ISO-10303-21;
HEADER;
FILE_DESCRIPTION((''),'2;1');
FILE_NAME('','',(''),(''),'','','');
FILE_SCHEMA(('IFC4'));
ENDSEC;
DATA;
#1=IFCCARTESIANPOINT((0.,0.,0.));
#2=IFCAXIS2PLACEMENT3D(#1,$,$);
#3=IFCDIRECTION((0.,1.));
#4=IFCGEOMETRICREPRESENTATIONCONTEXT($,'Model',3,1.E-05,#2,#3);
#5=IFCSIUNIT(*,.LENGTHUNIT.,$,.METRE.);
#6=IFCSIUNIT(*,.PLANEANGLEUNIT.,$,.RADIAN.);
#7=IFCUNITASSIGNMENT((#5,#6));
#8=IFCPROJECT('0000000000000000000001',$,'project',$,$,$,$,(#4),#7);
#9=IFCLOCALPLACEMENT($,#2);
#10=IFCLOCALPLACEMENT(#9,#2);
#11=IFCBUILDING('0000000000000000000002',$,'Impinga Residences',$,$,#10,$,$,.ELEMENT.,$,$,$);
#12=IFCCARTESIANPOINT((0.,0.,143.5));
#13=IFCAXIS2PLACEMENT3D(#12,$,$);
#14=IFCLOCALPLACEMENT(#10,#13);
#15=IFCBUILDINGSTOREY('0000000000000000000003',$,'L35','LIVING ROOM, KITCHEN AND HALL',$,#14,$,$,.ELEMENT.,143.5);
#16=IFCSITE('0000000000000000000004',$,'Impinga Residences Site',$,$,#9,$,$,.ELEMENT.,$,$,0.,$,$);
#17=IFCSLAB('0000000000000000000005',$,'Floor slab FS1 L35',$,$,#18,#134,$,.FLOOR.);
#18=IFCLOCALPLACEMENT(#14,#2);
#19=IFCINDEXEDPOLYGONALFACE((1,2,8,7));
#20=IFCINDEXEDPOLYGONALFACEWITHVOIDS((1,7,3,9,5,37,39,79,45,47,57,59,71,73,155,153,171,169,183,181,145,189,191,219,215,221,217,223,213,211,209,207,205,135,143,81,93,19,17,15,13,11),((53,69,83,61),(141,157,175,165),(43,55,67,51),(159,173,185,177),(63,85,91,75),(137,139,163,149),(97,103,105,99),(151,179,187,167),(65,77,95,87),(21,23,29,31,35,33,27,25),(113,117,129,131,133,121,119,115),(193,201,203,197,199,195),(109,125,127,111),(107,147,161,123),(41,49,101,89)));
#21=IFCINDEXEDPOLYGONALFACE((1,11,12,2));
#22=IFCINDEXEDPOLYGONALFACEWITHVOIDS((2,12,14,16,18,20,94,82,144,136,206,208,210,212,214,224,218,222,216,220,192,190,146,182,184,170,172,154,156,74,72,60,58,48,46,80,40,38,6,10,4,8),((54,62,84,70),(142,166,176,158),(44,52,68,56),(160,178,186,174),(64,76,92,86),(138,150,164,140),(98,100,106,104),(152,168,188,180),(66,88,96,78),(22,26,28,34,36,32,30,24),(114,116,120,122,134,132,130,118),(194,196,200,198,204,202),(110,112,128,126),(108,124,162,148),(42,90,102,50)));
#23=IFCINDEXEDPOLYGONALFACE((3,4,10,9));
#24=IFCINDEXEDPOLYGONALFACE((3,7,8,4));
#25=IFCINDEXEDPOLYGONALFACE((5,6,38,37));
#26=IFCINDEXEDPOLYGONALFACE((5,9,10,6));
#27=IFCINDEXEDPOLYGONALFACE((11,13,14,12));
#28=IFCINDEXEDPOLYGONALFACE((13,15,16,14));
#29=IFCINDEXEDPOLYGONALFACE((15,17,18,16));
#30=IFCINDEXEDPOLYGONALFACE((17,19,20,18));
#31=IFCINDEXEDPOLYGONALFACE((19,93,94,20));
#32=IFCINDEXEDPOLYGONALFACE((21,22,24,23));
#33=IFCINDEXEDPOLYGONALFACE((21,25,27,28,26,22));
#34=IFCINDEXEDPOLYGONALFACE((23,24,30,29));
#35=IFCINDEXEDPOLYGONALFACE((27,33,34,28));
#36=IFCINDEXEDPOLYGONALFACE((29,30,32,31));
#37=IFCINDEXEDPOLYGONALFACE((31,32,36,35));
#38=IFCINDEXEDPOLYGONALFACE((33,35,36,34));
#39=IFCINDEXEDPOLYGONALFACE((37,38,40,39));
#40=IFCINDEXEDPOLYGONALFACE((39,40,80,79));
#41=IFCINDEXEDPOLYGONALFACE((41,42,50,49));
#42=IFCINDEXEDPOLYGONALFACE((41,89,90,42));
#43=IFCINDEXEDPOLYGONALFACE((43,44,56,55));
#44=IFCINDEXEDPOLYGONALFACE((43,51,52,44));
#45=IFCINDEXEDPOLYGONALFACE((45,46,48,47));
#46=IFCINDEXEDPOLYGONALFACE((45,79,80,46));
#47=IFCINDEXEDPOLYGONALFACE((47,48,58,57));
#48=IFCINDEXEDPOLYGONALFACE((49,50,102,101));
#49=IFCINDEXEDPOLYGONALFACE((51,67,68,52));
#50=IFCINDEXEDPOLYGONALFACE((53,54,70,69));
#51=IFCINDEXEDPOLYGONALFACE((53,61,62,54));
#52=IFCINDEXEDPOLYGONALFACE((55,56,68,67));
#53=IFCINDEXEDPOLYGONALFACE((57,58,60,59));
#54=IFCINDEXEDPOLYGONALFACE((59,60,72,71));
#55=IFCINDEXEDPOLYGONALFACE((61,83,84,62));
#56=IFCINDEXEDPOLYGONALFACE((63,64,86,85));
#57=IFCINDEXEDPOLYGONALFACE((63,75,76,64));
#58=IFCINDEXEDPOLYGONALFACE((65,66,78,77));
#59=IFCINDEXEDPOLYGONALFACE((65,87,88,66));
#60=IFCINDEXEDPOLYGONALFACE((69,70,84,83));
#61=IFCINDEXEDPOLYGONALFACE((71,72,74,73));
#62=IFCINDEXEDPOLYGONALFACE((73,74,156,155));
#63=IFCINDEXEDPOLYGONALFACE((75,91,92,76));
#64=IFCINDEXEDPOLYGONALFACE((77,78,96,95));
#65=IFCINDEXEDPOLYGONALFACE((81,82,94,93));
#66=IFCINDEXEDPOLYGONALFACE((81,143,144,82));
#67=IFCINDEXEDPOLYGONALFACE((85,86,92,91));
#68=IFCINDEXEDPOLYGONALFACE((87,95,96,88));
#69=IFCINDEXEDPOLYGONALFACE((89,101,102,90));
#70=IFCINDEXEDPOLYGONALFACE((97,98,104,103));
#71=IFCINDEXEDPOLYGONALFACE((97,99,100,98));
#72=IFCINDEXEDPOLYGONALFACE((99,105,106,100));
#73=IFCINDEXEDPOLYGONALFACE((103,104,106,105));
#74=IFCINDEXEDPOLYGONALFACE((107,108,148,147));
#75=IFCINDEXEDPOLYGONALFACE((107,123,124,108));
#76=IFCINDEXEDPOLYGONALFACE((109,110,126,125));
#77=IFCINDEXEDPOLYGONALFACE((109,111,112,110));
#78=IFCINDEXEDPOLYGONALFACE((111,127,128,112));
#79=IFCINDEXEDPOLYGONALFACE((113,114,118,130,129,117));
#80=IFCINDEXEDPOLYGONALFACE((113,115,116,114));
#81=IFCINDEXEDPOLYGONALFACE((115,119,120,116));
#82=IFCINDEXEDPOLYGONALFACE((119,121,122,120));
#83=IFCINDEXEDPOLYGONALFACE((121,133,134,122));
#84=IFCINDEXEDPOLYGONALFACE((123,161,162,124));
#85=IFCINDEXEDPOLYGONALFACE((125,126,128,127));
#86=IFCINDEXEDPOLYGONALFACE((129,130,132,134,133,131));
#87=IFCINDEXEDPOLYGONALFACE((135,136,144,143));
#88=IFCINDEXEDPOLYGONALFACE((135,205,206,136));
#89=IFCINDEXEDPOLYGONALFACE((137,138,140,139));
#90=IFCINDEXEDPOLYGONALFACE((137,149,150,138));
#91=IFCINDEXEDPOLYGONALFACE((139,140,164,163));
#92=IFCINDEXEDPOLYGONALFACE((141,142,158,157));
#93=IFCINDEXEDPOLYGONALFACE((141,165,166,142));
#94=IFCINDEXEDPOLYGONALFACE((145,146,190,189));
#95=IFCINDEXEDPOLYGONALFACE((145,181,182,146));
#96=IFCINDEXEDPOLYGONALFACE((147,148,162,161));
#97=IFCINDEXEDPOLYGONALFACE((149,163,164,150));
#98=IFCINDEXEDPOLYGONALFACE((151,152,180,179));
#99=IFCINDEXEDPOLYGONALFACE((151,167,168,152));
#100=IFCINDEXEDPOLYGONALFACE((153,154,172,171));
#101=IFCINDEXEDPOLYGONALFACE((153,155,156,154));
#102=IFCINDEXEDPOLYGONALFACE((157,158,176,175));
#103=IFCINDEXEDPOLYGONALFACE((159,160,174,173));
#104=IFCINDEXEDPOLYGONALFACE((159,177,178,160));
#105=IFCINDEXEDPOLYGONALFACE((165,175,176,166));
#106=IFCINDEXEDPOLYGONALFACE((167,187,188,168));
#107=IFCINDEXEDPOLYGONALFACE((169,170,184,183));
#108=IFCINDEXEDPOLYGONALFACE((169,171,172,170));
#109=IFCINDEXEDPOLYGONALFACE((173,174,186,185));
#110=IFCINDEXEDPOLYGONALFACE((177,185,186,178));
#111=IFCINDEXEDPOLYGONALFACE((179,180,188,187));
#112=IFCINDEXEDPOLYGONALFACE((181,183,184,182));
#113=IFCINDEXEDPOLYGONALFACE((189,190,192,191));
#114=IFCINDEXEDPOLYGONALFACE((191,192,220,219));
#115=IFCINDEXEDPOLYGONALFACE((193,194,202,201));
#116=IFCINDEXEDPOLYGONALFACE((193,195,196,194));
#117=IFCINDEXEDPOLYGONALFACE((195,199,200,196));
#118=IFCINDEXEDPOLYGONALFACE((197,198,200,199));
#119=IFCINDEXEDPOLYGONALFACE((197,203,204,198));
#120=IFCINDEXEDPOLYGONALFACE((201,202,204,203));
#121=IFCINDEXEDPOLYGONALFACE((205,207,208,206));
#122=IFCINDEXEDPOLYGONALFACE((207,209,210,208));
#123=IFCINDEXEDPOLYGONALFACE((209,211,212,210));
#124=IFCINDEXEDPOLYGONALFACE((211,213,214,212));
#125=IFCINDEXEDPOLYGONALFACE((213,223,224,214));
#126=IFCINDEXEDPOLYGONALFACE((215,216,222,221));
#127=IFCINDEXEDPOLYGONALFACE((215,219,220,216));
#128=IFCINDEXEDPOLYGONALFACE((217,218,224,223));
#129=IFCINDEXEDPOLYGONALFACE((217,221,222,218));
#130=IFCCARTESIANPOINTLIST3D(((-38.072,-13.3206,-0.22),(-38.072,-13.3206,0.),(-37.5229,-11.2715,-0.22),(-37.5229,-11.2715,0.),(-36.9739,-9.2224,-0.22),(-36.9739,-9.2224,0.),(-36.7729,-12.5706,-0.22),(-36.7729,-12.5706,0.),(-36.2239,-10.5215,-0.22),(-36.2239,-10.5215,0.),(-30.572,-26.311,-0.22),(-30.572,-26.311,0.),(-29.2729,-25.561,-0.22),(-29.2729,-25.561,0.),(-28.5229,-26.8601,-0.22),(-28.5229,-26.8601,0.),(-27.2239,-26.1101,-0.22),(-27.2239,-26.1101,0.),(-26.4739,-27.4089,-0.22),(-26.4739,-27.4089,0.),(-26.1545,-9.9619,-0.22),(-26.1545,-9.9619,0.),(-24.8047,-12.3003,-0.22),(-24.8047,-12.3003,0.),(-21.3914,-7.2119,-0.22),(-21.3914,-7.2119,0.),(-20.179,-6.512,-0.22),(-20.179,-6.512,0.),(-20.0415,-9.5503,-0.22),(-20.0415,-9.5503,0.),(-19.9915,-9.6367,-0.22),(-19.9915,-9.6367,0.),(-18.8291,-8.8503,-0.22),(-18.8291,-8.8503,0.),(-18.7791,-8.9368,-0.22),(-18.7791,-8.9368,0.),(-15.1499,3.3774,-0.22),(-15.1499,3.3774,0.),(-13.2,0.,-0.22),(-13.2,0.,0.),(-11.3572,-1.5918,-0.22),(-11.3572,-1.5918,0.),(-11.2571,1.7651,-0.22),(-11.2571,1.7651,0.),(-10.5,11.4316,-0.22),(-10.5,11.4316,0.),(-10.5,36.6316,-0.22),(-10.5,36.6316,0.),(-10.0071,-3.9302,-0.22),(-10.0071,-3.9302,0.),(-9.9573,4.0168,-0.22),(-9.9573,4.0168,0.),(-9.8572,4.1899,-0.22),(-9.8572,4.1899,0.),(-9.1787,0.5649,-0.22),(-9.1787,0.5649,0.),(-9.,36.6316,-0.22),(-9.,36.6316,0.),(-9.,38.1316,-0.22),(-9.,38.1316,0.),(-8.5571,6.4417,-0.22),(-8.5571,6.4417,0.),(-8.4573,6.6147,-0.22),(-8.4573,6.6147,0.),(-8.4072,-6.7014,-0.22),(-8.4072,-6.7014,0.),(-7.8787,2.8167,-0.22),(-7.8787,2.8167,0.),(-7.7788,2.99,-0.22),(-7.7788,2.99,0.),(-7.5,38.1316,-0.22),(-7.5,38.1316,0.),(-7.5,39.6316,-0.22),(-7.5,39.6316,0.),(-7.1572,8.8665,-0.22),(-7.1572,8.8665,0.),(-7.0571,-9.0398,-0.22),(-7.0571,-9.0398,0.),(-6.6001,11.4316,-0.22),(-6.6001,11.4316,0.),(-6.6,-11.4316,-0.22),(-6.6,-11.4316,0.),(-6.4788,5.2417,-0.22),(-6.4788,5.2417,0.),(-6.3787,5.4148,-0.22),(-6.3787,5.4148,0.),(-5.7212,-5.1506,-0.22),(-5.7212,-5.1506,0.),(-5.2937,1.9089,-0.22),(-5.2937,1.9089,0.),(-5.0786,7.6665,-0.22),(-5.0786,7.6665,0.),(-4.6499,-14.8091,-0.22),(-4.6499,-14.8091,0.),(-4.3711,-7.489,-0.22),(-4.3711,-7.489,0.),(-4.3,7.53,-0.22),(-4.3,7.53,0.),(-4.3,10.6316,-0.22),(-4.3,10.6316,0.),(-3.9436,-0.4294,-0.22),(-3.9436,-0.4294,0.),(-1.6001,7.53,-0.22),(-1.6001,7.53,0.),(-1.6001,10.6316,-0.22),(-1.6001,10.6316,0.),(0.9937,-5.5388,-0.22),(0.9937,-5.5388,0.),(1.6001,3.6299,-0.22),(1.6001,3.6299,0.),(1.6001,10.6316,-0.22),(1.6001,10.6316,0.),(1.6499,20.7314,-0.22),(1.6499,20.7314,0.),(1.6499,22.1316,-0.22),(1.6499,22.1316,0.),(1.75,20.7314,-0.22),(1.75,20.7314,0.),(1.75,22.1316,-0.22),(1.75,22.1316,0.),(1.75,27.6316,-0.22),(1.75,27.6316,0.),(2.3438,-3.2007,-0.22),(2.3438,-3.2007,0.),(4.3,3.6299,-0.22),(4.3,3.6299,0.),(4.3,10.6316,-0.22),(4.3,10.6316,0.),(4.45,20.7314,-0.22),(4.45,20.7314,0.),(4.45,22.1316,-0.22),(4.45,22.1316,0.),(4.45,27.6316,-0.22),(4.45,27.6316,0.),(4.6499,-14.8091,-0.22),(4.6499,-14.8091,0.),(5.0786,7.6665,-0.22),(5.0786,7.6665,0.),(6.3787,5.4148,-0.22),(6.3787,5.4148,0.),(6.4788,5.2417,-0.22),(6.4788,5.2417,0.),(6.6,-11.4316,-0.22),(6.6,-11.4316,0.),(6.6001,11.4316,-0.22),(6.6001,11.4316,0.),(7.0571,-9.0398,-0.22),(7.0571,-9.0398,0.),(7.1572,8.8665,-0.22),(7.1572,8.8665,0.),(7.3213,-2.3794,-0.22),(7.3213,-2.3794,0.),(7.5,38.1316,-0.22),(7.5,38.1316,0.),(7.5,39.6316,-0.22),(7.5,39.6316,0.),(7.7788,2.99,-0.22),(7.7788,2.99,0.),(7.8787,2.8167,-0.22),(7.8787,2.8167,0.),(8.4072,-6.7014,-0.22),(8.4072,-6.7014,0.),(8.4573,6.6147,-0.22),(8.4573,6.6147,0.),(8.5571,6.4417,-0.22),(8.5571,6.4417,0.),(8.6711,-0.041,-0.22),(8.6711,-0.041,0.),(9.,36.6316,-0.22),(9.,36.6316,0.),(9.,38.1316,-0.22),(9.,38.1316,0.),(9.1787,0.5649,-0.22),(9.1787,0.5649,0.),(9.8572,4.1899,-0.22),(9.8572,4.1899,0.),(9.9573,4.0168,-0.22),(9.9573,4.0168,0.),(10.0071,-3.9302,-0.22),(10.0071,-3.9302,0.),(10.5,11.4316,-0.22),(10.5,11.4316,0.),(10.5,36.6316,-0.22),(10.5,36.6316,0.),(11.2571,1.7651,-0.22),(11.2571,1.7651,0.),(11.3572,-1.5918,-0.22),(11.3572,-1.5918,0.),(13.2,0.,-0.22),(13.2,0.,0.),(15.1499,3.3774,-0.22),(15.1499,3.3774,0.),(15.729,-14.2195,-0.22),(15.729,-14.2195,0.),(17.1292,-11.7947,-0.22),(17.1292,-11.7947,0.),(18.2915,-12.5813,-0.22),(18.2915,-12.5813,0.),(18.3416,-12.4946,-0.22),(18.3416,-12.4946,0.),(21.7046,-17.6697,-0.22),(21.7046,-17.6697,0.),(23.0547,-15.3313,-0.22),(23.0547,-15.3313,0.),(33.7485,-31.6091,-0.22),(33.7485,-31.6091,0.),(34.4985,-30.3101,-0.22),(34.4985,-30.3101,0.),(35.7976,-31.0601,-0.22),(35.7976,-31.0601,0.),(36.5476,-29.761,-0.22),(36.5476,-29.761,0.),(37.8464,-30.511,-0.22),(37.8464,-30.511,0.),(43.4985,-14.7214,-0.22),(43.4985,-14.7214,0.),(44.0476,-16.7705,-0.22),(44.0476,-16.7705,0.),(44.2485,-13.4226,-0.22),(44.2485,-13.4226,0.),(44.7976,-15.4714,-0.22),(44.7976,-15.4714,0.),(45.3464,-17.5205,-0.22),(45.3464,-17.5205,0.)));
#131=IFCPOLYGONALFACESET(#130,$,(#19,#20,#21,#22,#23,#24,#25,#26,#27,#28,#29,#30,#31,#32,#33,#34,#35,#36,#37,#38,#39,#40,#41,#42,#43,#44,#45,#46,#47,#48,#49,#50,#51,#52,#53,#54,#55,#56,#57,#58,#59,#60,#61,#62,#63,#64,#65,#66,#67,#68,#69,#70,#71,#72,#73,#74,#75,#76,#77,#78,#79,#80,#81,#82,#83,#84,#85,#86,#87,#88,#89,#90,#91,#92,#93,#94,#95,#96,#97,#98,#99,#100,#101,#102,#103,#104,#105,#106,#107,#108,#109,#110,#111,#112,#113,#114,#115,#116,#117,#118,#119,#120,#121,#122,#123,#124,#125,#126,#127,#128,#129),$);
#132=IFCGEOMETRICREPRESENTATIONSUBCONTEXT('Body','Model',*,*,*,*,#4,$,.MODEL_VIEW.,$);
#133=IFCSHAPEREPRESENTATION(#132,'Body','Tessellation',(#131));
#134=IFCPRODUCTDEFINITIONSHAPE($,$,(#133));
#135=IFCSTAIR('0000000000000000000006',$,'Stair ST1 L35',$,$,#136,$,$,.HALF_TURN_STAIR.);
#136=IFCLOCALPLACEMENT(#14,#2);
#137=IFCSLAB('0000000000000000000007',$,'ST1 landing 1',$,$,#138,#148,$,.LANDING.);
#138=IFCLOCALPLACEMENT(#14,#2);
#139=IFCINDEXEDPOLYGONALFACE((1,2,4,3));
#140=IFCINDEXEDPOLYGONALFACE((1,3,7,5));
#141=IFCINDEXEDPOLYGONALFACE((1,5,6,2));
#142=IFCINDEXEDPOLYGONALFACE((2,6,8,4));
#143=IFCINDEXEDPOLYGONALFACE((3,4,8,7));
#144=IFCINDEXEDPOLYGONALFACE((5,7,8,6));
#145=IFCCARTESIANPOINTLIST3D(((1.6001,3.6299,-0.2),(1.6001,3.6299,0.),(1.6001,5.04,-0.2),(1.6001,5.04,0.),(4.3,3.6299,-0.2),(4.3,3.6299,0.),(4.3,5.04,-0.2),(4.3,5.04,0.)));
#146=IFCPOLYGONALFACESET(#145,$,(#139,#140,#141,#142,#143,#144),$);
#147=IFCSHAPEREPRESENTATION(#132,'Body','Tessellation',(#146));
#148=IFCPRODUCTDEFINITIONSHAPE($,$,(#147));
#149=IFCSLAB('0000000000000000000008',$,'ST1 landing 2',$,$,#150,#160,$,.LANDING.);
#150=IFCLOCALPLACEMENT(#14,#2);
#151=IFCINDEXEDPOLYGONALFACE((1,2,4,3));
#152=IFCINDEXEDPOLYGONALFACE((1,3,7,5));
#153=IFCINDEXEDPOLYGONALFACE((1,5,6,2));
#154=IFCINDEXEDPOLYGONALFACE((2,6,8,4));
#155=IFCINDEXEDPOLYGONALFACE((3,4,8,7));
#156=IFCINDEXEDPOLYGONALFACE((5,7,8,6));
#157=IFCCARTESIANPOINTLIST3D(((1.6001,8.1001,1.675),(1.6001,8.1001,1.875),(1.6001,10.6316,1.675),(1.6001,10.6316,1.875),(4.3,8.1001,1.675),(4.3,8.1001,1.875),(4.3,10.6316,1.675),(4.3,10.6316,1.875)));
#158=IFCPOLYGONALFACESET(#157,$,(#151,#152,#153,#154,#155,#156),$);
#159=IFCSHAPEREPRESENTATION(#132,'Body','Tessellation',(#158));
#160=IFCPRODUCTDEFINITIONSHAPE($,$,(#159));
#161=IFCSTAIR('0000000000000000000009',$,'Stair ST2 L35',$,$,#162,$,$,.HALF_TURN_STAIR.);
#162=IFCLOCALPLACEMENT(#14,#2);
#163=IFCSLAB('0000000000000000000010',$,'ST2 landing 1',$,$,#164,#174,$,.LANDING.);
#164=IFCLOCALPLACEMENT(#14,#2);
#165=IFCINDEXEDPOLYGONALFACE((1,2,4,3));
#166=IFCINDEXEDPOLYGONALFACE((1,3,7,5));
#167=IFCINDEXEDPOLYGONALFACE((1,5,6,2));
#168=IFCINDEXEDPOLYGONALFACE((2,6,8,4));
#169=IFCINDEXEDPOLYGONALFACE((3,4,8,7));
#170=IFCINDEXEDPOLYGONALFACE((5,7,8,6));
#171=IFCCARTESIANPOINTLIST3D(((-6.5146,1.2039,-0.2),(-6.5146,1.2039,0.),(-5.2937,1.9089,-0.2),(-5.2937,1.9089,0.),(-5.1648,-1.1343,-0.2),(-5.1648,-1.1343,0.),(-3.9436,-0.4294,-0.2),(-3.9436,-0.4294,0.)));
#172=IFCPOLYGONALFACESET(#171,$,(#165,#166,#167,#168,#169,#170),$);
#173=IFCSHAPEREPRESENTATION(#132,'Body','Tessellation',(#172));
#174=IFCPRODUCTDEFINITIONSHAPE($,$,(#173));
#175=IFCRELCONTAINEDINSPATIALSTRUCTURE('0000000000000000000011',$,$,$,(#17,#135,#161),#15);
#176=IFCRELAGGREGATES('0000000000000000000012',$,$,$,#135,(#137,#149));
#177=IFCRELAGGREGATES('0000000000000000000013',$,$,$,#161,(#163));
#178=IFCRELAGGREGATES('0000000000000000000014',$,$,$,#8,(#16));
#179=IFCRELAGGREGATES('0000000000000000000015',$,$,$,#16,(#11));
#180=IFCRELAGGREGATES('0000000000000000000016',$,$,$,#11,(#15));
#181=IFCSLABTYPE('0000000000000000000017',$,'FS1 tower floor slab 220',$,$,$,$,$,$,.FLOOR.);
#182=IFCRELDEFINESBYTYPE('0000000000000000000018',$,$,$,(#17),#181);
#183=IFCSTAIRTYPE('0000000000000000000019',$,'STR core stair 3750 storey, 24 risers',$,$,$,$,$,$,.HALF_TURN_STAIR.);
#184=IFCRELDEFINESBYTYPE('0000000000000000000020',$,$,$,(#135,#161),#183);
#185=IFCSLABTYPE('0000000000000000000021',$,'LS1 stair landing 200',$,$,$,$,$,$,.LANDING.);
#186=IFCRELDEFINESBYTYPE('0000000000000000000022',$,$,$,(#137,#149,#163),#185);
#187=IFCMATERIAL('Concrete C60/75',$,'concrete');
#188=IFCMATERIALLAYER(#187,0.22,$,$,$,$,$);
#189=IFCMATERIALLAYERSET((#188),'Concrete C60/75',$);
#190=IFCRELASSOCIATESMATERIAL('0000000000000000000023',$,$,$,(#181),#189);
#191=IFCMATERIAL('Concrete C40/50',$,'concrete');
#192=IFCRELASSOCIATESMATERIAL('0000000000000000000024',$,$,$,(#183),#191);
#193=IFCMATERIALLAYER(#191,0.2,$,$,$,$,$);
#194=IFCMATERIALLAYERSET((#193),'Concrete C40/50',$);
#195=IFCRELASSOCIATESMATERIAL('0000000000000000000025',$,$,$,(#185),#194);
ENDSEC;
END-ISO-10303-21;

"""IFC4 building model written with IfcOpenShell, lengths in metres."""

from ifc_helpers import new_model, si_unit, direction, frame, origin, place, context, subcontext, project, spatial, polyline, outline, extrude, material, layer, layer_set, type_object, element, aggregate, save


model = new_model("IFC4")

# Units and contexts
model_context = context("Model", 3, precision=1e-05, world=origin(), true_north=direction((0.0, 1.0)))
body_context = subcontext(model_context, "Body", "Model", "MODEL_VIEW")
ifc_project = project(units=[si_unit("LENGTHUNIT", "METRE"), si_unit("PLANEANGLEUNIT", "RADIAN")], contexts=[model_context])

# Site, building, storey
site_placement = place(None, origin())
site = spatial("IfcSite", under=ifc_project, at=site_placement, Name="Impinga Residences Site", CompositionType="ELEMENT", RefElevation=0.0)
building_placement = place(site_placement, origin())
building = spatial("IfcBuilding", under=site, at=building_placement, Name="Impinga Residences", CompositionType="ELEMENT")
storey_placement = place(building_placement, frame((0.0, 0.0, 143.5)))
storey = spatial("IfcBuildingStorey", under=building, at=storey_placement, Name="L35", Description="LIVING ROOM, KITCHEN AND HALL", CompositionType="ELEMENT", Elevation=143.5)

# Slab
ifc_material_1 = material(Name="Concrete C60/75", Category="concrete")
ifc_layer_1 = layer(ifc_material_1, 0.22)
ifc_layer_set_1 = layer_set([ifc_layer_1], Name="Concrete C60/75")
slab_type_1 = type_object("IfcSlabType", Name="FS1 tower floor slab 220", PredefinedType="FLOOR", material=ifc_layer_set_1)
slab_1_placement = place(storey_placement, frame((0.0, 0.0, -0.22)))
element("IfcSlab", 1, at=slab_1_placement, inside=storey, type_object=slab_type_1, Name="Floor slab FS1 L35", PredefinedType="FLOOR", context=body_context, shape_type="SweptSolid", body=[
    extrude(outline(polyline([(43.4985, -14.7214), (44.7976, -15.4714), (44.0476, -16.7705), (45.3464, -17.5205), (37.8464, -30.511), (36.5476, -29.761), (35.7976, -31.0601), (34.4985, -30.3101), (33.7485, -31.6091), (4.6499, -14.8091), (9.9001, -5.7158), (6.6001, -11.4316), (-6.6001, -11.4316), (-9.9001, -5.7158), (-4.6499, -14.8091), (-26.4739, -27.4089), (-27.2239, -26.1101), (-28.5229, -26.8601), (-29.2729, -25.561), (-30.572, -26.311), (-38.072, -13.3206), (-36.7729, -12.5706), (-37.5229, -11.2715), (-36.2239, -10.5215), (-36.9739, -9.2224), (-15.1499, 3.3774), (-13.2, 0.0), (-6.6001, 11.4316), (-10.5, 11.4316), (-10.5, 36.6316), (-9.0, 36.6316), (-9.0, 38.1316), (-7.5, 38.1316), (-7.5, 39.6316), (7.5, 39.6316), (7.5, 38.1316), (9.0, 38.1316), (9.0, 36.6316), (10.5, 36.6316), (10.5, 11.4316), (6.6001, 11.4316), (13.2, 0.0), (15.1499, 3.3774), (44.2485, -13.4226), (43.4985, -14.7214)]), holes=[polyline([(-18.7791, -8.9368), (-18.8291, -8.8503), (-18.8291, -8.8503), (-20.179, -6.512), (-21.3914, -7.2119), (-21.3914, -7.2119), (-26.1545, -9.9619), (-24.8047, -12.3003), (-20.0415, -9.5503), (-19.9915, -9.6367), (-18.7791, -8.9368)]), polyline([(-4.3711, -7.489), (-5.7212, -5.1506), (-8.4072, -6.7014), (-7.0571, -9.0398), (-4.3711, -7.489)]), polyline([(-3.9436, -0.4294), (-5.2937, 1.9089), (-11.3572, -1.5918), (-10.0071, -3.9302), (-3.9436, -0.4294)]), polyline([(-7.8787, 2.8167), (-9.9573, 4.0168), (-11.2571, 1.7651), (-9.1787, 0.5649), (-7.8787, 2.8167)]), polyline([(-6.4788, 5.2417), (-8.5571, 6.4417), (-9.8572, 4.1899), (-7.7788, 2.99), (-6.4788, 5.2417)]), polyline([(4.3, 3.6299), (4.3, 10.6316), (1.6001, 10.6316), (1.6001, 3.6299), (4.3, 3.6299)]), polyline([(-6.3787, 5.4148), (-5.0786, 7.6665), (-7.1572, 8.8665), (-8.4573, 6.6147), (-6.3787, 5.4148)]), polyline([(-4.3, 7.53), (-1.6001, 7.53), (-1.6001, 10.6316), (-4.3, 10.6316), (-4.3, 7.53)]), polyline([(4.45, 20.7314), (4.45, 22.1316), (4.45, 27.6316), (1.75, 27.6316), (1.75, 22.1316), (1.6499, 22.1316), (1.6499, 20.7314), (1.75, 20.7314), (4.45, 20.7314)]), polyline([(15.729, -14.2195), (21.7046, -17.6697), (23.0547, -15.3313), (18.2915, -12.5813), (18.3416, -12.4946), (17.1292, -11.7947), (15.729, -14.2195)]), polyline([(2.3438, -3.2007), (0.9937, -5.5388), (7.0571, -9.0398), (8.4072, -6.7014), (2.3438, -3.2007)]), polyline([(7.3213, -2.3794), (10.0071, -3.9302), (11.3572, -1.5918), (8.6711, -0.041), (7.3213, -2.3794)]), polyline([(7.8787, 2.8167), (9.1787, 0.5649), (11.2571, 1.7651), (9.9573, 4.0168), (7.8787, 2.8167)]), polyline([(6.4788, 5.2417), (7.7788, 2.99), (9.8572, 4.1899), (8.5571, 6.4417), (6.4788, 5.2417)]), polyline([(6.3787, 5.4148), (8.4573, 6.6147), (7.1572, 8.8665), (5.0786, 7.6665), (6.3787, 5.4148)])]), origin(), (0.0, 0.0, 1.0), 0.22),
])

# Stairs, slabs
ifc_material_2 = material(Name="Concrete C40/50", Category="concrete")
stair_type_1 = type_object("IfcStairType", Name="STR core stair 3750 storey, 24 risers", PredefinedType="HALF_TURN_STAIR", material=ifc_material_2)
stair_1_placement = place(storey_placement, origin())
stair_1 = element("IfcStair", 2, at=stair_1_placement, inside=storey, type_object=stair_type_1, Name="Stair ST1 L35", PredefinedType="HALF_TURN_STAIR")
ifc_layer_2 = layer(ifc_material_2, 0.2)
ifc_layer_set_2 = layer_set([ifc_layer_2], Name="Concrete C40/50")
slab_type_2 = type_object("IfcSlabType", Name="LS1 stair landing 200", PredefinedType="LANDING", material=ifc_layer_set_2)
slab_2_placement = place(storey_placement, frame((0.0, 0.0, -0.2)))
slab_2 = element("IfcSlab", 3, at=slab_2_placement, type_object=slab_type_2, Name="ST1 landing 1", PredefinedType="LANDING", context=body_context, shape_type="SweptSolid", body=[
    extrude(outline(polyline([(1.6001, 3.6299), (4.3, 3.6299), (4.3, 5.04), (1.6001, 5.04), (1.6001, 3.6299)])), origin(), (0.0, 0.0, 1.0), 0.2),
])
slab_3_placement = place(storey_placement, frame((0.0, 0.0, 1.675)))
slab_3 = element("IfcSlab", 4, at=slab_3_placement, type_object=slab_type_2, Name="ST1 landing 2", PredefinedType="LANDING", context=body_context, shape_type="SweptSolid", body=[
    extrude(outline(polyline([(1.6001, 8.1001), (4.3, 8.1001), (4.3, 10.6316), (1.6001, 10.6316), (1.6001, 8.1001)])), origin(), (0.0, 0.0, 1.0), 0.2),
])
aggregate(stair_1, [slab_2, slab_3])
stair_2_placement = place(storey_placement, origin())
stair_2 = element("IfcStair", 5, at=stair_2_placement, inside=storey, type_object=stair_type_1, Name="Stair ST2 L35", PredefinedType="HALF_TURN_STAIR")
slab_4_placement = place(storey_placement, frame((0.0, 0.0, -0.2)))
slab_4 = element("IfcSlab", 6, at=slab_4_placement, type_object=slab_type_2, Name="ST2 landing 1", PredefinedType="LANDING", context=body_context, shape_type="SweptSolid", body=[
    extrude(outline(polyline([(-3.9436, -0.4294), (-5.2937, 1.9089), (-6.5146, 1.2039), (-5.1648, -1.1343), (-3.9436, -0.4294)])), origin(), (0.0, 0.0, 1.0), 0.2),
])
aggregate(stair_2, [slab_4])

save(model, "model.ifc")
